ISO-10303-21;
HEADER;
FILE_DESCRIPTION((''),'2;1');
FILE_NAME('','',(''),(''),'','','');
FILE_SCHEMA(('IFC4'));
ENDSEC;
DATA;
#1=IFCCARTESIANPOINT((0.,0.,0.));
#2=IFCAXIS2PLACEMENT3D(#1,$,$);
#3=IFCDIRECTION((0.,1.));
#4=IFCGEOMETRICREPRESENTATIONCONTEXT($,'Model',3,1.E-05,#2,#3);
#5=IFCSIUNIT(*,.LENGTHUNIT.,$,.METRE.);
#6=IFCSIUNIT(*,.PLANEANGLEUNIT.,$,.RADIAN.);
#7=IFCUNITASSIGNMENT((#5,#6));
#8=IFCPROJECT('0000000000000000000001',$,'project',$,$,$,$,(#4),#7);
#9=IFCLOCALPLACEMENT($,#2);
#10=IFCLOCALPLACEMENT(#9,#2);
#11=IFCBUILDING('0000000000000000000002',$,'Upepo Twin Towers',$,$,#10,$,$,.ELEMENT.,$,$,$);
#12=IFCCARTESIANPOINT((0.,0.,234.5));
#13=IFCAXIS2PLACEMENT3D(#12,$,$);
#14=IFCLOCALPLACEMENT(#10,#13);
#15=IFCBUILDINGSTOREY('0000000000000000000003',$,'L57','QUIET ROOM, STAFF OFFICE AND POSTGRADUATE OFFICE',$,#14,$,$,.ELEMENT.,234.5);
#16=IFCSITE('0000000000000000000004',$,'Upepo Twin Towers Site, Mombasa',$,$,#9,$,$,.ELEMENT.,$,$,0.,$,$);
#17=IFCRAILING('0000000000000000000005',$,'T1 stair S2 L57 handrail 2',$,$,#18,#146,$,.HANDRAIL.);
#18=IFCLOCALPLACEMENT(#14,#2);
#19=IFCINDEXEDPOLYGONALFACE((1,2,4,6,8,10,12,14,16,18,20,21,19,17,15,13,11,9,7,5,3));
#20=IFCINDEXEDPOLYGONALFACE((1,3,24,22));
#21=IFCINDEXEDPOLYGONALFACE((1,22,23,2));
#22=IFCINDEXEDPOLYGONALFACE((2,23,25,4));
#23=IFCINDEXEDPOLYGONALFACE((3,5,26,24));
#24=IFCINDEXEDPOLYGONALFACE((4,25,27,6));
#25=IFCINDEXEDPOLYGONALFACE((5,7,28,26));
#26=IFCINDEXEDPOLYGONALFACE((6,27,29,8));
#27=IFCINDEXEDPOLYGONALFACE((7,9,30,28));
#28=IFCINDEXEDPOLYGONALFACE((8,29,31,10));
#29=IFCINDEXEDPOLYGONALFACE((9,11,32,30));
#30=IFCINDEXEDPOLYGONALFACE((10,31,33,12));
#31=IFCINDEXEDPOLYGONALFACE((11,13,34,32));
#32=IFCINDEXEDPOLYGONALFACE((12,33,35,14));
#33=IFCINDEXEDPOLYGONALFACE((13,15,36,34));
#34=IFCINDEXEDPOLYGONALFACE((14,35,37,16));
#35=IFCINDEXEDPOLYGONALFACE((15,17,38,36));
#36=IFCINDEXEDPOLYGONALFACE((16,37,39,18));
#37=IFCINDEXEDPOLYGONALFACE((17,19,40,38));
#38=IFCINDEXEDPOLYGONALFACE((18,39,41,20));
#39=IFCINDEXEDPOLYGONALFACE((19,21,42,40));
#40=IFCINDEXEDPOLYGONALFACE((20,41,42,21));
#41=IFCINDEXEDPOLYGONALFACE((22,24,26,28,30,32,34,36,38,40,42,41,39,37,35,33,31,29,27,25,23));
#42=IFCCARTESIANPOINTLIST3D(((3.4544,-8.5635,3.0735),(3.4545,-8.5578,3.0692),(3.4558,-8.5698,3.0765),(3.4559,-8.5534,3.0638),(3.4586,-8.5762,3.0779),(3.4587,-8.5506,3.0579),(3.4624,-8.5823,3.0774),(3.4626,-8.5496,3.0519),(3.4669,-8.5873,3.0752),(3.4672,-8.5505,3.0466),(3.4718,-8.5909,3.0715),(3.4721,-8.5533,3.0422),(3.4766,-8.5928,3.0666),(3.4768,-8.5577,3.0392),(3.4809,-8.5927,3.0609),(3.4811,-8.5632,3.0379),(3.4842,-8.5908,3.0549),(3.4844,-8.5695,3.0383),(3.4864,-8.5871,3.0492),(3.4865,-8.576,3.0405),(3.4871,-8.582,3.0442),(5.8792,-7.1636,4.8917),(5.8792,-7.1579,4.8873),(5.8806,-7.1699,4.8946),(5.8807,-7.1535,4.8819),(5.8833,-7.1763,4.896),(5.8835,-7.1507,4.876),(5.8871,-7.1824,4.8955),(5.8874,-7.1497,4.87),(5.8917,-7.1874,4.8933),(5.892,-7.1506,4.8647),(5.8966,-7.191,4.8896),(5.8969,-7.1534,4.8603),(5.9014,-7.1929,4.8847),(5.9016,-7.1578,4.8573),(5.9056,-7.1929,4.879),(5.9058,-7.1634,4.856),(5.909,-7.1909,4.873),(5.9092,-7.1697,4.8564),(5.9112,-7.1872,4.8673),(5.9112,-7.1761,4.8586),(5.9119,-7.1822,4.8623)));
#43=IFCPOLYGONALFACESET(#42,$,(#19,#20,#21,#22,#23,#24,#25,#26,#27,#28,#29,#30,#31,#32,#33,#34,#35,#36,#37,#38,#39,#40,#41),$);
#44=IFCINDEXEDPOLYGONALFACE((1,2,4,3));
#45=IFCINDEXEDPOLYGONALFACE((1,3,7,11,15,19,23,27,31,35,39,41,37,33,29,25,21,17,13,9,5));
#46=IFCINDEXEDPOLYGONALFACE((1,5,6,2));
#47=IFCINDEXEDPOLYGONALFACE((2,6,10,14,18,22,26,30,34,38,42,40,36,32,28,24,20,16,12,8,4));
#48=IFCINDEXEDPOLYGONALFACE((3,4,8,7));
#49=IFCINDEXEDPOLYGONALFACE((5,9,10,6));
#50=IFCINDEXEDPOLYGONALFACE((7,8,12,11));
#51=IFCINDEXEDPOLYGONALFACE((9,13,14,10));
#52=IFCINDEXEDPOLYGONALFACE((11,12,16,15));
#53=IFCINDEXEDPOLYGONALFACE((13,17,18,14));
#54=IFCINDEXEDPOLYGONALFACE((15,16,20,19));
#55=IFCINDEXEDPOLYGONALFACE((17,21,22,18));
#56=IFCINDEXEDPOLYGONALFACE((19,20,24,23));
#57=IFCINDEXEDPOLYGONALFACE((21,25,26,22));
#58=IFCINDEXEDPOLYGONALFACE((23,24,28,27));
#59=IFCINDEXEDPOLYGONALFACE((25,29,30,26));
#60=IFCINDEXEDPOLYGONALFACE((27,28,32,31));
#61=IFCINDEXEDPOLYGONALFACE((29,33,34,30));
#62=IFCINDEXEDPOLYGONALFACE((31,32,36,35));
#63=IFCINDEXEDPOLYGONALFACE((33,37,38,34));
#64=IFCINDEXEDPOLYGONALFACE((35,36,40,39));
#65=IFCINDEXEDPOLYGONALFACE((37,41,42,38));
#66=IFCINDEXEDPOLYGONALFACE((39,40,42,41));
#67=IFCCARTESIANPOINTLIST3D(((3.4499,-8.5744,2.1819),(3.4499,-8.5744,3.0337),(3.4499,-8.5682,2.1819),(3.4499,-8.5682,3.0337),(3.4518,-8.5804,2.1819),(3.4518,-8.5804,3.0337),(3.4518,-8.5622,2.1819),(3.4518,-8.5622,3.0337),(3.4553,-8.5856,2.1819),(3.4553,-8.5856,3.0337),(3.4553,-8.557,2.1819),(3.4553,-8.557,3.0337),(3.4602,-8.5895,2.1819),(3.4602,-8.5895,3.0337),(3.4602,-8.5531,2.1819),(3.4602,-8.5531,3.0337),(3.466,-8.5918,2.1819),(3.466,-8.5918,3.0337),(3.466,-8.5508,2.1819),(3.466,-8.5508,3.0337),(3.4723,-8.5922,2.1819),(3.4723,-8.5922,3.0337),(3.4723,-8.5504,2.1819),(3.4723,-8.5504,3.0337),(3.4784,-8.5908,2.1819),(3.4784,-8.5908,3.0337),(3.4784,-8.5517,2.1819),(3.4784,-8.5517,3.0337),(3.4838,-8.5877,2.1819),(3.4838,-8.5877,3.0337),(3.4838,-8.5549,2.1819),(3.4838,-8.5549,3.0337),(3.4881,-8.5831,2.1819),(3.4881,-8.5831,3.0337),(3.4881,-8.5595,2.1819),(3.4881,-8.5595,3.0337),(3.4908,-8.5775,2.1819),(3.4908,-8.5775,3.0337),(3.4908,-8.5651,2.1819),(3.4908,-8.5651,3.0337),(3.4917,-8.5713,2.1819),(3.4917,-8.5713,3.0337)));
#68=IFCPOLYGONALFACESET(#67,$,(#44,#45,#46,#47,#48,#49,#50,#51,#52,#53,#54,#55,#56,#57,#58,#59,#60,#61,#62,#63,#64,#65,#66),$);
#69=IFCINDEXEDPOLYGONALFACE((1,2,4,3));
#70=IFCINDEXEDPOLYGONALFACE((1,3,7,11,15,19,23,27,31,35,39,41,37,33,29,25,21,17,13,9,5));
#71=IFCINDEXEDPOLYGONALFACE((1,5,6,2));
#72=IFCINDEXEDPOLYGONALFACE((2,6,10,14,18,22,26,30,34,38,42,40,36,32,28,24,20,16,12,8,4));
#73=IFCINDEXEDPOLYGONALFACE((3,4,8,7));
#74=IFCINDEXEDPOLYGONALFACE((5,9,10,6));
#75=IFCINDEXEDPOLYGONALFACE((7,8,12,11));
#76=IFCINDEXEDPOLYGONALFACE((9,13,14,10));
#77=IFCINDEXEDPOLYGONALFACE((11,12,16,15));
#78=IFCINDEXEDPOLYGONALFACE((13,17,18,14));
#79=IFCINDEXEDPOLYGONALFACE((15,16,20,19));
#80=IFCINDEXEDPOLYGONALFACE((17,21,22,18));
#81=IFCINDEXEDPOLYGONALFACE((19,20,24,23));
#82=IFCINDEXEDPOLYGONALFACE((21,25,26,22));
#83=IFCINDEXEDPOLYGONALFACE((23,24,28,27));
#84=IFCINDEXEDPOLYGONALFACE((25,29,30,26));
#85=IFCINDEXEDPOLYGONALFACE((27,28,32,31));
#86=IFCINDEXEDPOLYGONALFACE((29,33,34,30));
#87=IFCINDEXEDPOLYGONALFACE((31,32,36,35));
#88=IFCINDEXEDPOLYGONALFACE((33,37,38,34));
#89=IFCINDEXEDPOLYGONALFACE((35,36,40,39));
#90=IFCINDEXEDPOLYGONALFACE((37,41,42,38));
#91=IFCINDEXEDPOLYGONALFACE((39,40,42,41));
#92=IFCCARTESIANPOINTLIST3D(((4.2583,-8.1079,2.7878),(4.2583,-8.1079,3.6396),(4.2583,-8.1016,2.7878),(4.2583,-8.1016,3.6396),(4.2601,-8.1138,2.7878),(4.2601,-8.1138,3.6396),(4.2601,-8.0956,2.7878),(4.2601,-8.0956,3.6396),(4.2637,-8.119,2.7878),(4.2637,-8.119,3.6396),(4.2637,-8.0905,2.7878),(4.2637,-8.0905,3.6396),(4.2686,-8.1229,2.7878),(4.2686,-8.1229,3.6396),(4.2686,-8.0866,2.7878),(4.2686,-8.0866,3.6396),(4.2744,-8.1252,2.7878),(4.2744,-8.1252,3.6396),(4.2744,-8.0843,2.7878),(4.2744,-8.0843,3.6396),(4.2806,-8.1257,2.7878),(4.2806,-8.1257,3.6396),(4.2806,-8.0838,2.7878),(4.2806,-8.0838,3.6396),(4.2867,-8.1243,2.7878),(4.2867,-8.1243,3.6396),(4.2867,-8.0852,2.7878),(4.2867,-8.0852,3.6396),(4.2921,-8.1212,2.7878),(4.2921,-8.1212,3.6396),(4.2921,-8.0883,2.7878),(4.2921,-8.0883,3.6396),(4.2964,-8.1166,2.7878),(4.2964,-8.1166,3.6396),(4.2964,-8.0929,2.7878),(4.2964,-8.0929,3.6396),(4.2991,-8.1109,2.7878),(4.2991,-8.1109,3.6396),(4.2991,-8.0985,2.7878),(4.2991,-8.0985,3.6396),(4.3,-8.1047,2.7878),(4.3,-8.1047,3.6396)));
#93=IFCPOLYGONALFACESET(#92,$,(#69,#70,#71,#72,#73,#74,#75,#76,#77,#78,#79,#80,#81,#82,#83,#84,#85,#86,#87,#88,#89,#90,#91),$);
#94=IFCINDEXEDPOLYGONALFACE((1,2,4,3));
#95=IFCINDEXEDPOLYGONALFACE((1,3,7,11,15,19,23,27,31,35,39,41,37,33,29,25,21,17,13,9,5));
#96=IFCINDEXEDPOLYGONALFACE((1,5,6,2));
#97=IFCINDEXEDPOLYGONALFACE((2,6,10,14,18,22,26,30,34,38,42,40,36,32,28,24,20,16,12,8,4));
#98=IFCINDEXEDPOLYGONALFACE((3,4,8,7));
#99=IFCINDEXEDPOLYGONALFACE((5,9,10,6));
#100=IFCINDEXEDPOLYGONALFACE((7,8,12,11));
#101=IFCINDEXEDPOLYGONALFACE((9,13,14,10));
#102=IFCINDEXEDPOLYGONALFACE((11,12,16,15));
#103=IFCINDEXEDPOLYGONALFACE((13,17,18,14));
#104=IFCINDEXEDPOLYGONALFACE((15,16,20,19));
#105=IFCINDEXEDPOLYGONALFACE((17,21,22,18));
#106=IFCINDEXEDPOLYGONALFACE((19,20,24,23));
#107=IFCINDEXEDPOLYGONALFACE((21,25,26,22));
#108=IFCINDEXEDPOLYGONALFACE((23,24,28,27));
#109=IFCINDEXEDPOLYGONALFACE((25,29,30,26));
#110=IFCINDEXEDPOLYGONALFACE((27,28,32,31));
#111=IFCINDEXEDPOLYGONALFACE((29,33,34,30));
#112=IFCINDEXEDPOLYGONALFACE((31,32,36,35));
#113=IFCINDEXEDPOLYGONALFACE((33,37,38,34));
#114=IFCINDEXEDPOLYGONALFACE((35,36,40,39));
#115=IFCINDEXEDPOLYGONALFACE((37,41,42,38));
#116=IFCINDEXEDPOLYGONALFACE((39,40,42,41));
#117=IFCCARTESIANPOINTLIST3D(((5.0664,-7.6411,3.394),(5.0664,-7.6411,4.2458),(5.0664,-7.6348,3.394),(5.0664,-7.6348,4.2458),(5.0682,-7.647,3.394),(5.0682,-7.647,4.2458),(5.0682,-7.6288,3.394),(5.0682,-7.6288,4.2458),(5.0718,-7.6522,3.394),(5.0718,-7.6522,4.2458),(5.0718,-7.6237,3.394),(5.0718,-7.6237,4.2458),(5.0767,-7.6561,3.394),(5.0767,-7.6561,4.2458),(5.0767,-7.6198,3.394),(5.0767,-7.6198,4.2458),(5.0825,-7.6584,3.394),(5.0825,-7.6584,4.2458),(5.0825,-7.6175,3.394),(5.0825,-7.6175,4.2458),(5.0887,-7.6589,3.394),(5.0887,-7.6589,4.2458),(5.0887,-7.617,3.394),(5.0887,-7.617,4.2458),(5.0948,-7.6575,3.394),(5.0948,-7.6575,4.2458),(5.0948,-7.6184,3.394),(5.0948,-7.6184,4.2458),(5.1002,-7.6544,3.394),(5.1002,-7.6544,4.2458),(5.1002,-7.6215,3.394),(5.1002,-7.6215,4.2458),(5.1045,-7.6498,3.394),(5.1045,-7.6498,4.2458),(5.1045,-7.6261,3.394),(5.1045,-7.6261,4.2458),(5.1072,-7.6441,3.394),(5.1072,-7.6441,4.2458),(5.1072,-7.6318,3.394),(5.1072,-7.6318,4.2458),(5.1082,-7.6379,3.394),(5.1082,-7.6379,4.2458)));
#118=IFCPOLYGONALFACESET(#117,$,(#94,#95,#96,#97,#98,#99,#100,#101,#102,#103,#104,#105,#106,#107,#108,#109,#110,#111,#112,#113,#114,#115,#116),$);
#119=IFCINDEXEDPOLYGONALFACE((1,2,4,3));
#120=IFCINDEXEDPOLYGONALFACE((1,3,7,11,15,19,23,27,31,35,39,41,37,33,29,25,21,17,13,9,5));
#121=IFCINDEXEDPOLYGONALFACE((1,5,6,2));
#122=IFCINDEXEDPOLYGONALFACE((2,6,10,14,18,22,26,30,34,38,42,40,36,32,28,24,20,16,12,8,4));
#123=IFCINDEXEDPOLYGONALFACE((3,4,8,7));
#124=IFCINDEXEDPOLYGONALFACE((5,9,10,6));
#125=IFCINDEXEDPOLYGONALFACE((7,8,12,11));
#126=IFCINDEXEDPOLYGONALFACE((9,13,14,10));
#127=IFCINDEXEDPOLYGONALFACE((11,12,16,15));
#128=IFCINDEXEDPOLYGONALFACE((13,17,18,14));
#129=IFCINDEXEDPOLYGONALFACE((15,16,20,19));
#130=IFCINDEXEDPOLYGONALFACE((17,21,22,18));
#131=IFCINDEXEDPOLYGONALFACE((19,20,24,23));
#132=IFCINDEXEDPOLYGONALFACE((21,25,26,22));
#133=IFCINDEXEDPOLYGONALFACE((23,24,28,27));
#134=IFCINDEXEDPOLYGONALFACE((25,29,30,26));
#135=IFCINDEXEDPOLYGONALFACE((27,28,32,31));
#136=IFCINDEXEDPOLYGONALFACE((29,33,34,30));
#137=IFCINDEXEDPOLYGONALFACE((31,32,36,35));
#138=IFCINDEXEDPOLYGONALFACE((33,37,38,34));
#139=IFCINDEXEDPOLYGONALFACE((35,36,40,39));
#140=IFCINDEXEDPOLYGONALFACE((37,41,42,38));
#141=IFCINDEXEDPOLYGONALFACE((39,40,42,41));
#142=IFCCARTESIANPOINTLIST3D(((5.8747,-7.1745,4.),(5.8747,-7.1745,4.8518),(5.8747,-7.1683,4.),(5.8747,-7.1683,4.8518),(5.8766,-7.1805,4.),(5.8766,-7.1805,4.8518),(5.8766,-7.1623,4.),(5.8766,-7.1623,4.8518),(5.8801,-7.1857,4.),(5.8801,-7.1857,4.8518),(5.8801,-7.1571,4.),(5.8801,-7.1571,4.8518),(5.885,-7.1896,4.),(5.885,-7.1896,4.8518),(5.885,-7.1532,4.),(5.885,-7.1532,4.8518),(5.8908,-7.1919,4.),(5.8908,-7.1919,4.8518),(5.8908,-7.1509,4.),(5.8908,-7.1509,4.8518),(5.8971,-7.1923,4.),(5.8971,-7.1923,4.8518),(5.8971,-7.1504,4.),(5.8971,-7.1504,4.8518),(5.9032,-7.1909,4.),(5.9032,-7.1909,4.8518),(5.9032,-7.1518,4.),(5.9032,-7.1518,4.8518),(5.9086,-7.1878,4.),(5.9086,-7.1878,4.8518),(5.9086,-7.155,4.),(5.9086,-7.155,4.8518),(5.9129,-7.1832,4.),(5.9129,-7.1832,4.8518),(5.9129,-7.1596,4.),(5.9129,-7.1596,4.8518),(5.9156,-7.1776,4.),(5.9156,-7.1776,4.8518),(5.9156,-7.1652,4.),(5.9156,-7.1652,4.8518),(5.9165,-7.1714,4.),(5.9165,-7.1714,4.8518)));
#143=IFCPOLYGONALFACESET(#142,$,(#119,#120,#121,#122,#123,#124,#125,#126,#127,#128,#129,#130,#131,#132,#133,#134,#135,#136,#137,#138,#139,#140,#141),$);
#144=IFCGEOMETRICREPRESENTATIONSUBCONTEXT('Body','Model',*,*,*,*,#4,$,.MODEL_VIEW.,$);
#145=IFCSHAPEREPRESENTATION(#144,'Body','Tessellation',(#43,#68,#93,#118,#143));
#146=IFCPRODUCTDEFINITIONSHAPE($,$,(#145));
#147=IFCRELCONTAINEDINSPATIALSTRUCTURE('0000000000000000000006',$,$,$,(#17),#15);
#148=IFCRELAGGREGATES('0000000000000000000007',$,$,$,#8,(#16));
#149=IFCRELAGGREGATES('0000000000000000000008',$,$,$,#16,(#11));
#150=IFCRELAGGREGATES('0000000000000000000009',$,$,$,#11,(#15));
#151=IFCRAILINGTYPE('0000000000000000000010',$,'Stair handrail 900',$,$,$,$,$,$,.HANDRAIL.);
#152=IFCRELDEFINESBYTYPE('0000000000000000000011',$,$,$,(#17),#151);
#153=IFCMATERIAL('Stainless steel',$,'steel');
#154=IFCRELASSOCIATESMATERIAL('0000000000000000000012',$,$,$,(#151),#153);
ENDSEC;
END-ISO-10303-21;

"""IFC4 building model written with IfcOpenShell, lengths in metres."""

from ifc_helpers import new_model, si_unit, direction, frame, origin, origin_2d, place, context, subcontext, project, spatial, circle, extrude, material, type_object, element, save


model = new_model("IFC4")

# Units and contexts
model_context = context("Model", 3, precision=1e-05, world=origin(), true_north=direction((0.0, 1.0)))
body_context = subcontext(model_context, "Body", "Model", "MODEL_VIEW")
ifc_project = project(units=[si_unit("LENGTHUNIT", "METRE"), si_unit("PLANEANGLEUNIT", "RADIAN")], contexts=[model_context])

# Site, building, storey
site_placement = place(None, origin())
site = spatial("IfcSite", under=ifc_project, at=site_placement, Name="Upepo Twin Towers Site, Mombasa", CompositionType="ELEMENT", RefElevation=0.0)
building_placement = place(site_placement, origin())
building = spatial("IfcBuilding", under=site, at=building_placement, Name="Upepo Twin Towers", CompositionType="ELEMENT")
storey_placement = place(building_placement, frame((0.0, 0.0, 234.5)))
storey = spatial("IfcBuildingStorey", under=building, at=storey_placement, Name="L57", Description="QUIET ROOM, STAFF OFFICE AND POSTGRADUATE OFFICE", CompositionType="ELEMENT", Elevation=234.5)

# Railing
ifc_material_1 = material(Name="Stainless steel", Category="steel")
railing_type = type_object("IfcRailingType", Name="Stair handrail 900", PredefinedType="HANDRAIL", material=ifc_material_1)
railing_1_placement = place(storey_placement, frame((3.4707, -8.5713, 2.1819)))
element("IfcRailing", 1, at=railing_1_placement, inside=storey, type_object=railing_type, Name="T1 stair S2 L57 handrail 2", PredefinedType="HANDRAIL", context=body_context, shape_type="SweptSolid", body=[
    extrude(circle(Radius=0.0239, at=origin_2d()), frame((0.0, 0.0, 0.876), z_axis=(0.726336, 0.419333, 0.544606), x_axis=(-0.499984, 0.866035, 0.0)), (0.0, 0.0, 1.0), 3.3384),
    extrude(circle(Radius=0.021, at=origin_2d()), origin(), (0.0, 0.0, 1.0), 0.8518),
    extrude(circle(Radius=0.021, at=origin_2d()), frame((0.8083, 0.4666, 0.606)), (0.0, 0.0, 1.0), 0.8518),
    extrude(circle(Radius=0.021, at=origin_2d()), frame((1.6165, 0.9333, 1.2122)), (0.0, 0.0, 1.0), 0.8518),
    extrude(circle(Radius=0.021, at=origin_2d()), frame((2.4248, 1.3999, 1.8181)), (0.0, 0.0, 1.0), 0.8518),
])

save(model, "model.ifc")
